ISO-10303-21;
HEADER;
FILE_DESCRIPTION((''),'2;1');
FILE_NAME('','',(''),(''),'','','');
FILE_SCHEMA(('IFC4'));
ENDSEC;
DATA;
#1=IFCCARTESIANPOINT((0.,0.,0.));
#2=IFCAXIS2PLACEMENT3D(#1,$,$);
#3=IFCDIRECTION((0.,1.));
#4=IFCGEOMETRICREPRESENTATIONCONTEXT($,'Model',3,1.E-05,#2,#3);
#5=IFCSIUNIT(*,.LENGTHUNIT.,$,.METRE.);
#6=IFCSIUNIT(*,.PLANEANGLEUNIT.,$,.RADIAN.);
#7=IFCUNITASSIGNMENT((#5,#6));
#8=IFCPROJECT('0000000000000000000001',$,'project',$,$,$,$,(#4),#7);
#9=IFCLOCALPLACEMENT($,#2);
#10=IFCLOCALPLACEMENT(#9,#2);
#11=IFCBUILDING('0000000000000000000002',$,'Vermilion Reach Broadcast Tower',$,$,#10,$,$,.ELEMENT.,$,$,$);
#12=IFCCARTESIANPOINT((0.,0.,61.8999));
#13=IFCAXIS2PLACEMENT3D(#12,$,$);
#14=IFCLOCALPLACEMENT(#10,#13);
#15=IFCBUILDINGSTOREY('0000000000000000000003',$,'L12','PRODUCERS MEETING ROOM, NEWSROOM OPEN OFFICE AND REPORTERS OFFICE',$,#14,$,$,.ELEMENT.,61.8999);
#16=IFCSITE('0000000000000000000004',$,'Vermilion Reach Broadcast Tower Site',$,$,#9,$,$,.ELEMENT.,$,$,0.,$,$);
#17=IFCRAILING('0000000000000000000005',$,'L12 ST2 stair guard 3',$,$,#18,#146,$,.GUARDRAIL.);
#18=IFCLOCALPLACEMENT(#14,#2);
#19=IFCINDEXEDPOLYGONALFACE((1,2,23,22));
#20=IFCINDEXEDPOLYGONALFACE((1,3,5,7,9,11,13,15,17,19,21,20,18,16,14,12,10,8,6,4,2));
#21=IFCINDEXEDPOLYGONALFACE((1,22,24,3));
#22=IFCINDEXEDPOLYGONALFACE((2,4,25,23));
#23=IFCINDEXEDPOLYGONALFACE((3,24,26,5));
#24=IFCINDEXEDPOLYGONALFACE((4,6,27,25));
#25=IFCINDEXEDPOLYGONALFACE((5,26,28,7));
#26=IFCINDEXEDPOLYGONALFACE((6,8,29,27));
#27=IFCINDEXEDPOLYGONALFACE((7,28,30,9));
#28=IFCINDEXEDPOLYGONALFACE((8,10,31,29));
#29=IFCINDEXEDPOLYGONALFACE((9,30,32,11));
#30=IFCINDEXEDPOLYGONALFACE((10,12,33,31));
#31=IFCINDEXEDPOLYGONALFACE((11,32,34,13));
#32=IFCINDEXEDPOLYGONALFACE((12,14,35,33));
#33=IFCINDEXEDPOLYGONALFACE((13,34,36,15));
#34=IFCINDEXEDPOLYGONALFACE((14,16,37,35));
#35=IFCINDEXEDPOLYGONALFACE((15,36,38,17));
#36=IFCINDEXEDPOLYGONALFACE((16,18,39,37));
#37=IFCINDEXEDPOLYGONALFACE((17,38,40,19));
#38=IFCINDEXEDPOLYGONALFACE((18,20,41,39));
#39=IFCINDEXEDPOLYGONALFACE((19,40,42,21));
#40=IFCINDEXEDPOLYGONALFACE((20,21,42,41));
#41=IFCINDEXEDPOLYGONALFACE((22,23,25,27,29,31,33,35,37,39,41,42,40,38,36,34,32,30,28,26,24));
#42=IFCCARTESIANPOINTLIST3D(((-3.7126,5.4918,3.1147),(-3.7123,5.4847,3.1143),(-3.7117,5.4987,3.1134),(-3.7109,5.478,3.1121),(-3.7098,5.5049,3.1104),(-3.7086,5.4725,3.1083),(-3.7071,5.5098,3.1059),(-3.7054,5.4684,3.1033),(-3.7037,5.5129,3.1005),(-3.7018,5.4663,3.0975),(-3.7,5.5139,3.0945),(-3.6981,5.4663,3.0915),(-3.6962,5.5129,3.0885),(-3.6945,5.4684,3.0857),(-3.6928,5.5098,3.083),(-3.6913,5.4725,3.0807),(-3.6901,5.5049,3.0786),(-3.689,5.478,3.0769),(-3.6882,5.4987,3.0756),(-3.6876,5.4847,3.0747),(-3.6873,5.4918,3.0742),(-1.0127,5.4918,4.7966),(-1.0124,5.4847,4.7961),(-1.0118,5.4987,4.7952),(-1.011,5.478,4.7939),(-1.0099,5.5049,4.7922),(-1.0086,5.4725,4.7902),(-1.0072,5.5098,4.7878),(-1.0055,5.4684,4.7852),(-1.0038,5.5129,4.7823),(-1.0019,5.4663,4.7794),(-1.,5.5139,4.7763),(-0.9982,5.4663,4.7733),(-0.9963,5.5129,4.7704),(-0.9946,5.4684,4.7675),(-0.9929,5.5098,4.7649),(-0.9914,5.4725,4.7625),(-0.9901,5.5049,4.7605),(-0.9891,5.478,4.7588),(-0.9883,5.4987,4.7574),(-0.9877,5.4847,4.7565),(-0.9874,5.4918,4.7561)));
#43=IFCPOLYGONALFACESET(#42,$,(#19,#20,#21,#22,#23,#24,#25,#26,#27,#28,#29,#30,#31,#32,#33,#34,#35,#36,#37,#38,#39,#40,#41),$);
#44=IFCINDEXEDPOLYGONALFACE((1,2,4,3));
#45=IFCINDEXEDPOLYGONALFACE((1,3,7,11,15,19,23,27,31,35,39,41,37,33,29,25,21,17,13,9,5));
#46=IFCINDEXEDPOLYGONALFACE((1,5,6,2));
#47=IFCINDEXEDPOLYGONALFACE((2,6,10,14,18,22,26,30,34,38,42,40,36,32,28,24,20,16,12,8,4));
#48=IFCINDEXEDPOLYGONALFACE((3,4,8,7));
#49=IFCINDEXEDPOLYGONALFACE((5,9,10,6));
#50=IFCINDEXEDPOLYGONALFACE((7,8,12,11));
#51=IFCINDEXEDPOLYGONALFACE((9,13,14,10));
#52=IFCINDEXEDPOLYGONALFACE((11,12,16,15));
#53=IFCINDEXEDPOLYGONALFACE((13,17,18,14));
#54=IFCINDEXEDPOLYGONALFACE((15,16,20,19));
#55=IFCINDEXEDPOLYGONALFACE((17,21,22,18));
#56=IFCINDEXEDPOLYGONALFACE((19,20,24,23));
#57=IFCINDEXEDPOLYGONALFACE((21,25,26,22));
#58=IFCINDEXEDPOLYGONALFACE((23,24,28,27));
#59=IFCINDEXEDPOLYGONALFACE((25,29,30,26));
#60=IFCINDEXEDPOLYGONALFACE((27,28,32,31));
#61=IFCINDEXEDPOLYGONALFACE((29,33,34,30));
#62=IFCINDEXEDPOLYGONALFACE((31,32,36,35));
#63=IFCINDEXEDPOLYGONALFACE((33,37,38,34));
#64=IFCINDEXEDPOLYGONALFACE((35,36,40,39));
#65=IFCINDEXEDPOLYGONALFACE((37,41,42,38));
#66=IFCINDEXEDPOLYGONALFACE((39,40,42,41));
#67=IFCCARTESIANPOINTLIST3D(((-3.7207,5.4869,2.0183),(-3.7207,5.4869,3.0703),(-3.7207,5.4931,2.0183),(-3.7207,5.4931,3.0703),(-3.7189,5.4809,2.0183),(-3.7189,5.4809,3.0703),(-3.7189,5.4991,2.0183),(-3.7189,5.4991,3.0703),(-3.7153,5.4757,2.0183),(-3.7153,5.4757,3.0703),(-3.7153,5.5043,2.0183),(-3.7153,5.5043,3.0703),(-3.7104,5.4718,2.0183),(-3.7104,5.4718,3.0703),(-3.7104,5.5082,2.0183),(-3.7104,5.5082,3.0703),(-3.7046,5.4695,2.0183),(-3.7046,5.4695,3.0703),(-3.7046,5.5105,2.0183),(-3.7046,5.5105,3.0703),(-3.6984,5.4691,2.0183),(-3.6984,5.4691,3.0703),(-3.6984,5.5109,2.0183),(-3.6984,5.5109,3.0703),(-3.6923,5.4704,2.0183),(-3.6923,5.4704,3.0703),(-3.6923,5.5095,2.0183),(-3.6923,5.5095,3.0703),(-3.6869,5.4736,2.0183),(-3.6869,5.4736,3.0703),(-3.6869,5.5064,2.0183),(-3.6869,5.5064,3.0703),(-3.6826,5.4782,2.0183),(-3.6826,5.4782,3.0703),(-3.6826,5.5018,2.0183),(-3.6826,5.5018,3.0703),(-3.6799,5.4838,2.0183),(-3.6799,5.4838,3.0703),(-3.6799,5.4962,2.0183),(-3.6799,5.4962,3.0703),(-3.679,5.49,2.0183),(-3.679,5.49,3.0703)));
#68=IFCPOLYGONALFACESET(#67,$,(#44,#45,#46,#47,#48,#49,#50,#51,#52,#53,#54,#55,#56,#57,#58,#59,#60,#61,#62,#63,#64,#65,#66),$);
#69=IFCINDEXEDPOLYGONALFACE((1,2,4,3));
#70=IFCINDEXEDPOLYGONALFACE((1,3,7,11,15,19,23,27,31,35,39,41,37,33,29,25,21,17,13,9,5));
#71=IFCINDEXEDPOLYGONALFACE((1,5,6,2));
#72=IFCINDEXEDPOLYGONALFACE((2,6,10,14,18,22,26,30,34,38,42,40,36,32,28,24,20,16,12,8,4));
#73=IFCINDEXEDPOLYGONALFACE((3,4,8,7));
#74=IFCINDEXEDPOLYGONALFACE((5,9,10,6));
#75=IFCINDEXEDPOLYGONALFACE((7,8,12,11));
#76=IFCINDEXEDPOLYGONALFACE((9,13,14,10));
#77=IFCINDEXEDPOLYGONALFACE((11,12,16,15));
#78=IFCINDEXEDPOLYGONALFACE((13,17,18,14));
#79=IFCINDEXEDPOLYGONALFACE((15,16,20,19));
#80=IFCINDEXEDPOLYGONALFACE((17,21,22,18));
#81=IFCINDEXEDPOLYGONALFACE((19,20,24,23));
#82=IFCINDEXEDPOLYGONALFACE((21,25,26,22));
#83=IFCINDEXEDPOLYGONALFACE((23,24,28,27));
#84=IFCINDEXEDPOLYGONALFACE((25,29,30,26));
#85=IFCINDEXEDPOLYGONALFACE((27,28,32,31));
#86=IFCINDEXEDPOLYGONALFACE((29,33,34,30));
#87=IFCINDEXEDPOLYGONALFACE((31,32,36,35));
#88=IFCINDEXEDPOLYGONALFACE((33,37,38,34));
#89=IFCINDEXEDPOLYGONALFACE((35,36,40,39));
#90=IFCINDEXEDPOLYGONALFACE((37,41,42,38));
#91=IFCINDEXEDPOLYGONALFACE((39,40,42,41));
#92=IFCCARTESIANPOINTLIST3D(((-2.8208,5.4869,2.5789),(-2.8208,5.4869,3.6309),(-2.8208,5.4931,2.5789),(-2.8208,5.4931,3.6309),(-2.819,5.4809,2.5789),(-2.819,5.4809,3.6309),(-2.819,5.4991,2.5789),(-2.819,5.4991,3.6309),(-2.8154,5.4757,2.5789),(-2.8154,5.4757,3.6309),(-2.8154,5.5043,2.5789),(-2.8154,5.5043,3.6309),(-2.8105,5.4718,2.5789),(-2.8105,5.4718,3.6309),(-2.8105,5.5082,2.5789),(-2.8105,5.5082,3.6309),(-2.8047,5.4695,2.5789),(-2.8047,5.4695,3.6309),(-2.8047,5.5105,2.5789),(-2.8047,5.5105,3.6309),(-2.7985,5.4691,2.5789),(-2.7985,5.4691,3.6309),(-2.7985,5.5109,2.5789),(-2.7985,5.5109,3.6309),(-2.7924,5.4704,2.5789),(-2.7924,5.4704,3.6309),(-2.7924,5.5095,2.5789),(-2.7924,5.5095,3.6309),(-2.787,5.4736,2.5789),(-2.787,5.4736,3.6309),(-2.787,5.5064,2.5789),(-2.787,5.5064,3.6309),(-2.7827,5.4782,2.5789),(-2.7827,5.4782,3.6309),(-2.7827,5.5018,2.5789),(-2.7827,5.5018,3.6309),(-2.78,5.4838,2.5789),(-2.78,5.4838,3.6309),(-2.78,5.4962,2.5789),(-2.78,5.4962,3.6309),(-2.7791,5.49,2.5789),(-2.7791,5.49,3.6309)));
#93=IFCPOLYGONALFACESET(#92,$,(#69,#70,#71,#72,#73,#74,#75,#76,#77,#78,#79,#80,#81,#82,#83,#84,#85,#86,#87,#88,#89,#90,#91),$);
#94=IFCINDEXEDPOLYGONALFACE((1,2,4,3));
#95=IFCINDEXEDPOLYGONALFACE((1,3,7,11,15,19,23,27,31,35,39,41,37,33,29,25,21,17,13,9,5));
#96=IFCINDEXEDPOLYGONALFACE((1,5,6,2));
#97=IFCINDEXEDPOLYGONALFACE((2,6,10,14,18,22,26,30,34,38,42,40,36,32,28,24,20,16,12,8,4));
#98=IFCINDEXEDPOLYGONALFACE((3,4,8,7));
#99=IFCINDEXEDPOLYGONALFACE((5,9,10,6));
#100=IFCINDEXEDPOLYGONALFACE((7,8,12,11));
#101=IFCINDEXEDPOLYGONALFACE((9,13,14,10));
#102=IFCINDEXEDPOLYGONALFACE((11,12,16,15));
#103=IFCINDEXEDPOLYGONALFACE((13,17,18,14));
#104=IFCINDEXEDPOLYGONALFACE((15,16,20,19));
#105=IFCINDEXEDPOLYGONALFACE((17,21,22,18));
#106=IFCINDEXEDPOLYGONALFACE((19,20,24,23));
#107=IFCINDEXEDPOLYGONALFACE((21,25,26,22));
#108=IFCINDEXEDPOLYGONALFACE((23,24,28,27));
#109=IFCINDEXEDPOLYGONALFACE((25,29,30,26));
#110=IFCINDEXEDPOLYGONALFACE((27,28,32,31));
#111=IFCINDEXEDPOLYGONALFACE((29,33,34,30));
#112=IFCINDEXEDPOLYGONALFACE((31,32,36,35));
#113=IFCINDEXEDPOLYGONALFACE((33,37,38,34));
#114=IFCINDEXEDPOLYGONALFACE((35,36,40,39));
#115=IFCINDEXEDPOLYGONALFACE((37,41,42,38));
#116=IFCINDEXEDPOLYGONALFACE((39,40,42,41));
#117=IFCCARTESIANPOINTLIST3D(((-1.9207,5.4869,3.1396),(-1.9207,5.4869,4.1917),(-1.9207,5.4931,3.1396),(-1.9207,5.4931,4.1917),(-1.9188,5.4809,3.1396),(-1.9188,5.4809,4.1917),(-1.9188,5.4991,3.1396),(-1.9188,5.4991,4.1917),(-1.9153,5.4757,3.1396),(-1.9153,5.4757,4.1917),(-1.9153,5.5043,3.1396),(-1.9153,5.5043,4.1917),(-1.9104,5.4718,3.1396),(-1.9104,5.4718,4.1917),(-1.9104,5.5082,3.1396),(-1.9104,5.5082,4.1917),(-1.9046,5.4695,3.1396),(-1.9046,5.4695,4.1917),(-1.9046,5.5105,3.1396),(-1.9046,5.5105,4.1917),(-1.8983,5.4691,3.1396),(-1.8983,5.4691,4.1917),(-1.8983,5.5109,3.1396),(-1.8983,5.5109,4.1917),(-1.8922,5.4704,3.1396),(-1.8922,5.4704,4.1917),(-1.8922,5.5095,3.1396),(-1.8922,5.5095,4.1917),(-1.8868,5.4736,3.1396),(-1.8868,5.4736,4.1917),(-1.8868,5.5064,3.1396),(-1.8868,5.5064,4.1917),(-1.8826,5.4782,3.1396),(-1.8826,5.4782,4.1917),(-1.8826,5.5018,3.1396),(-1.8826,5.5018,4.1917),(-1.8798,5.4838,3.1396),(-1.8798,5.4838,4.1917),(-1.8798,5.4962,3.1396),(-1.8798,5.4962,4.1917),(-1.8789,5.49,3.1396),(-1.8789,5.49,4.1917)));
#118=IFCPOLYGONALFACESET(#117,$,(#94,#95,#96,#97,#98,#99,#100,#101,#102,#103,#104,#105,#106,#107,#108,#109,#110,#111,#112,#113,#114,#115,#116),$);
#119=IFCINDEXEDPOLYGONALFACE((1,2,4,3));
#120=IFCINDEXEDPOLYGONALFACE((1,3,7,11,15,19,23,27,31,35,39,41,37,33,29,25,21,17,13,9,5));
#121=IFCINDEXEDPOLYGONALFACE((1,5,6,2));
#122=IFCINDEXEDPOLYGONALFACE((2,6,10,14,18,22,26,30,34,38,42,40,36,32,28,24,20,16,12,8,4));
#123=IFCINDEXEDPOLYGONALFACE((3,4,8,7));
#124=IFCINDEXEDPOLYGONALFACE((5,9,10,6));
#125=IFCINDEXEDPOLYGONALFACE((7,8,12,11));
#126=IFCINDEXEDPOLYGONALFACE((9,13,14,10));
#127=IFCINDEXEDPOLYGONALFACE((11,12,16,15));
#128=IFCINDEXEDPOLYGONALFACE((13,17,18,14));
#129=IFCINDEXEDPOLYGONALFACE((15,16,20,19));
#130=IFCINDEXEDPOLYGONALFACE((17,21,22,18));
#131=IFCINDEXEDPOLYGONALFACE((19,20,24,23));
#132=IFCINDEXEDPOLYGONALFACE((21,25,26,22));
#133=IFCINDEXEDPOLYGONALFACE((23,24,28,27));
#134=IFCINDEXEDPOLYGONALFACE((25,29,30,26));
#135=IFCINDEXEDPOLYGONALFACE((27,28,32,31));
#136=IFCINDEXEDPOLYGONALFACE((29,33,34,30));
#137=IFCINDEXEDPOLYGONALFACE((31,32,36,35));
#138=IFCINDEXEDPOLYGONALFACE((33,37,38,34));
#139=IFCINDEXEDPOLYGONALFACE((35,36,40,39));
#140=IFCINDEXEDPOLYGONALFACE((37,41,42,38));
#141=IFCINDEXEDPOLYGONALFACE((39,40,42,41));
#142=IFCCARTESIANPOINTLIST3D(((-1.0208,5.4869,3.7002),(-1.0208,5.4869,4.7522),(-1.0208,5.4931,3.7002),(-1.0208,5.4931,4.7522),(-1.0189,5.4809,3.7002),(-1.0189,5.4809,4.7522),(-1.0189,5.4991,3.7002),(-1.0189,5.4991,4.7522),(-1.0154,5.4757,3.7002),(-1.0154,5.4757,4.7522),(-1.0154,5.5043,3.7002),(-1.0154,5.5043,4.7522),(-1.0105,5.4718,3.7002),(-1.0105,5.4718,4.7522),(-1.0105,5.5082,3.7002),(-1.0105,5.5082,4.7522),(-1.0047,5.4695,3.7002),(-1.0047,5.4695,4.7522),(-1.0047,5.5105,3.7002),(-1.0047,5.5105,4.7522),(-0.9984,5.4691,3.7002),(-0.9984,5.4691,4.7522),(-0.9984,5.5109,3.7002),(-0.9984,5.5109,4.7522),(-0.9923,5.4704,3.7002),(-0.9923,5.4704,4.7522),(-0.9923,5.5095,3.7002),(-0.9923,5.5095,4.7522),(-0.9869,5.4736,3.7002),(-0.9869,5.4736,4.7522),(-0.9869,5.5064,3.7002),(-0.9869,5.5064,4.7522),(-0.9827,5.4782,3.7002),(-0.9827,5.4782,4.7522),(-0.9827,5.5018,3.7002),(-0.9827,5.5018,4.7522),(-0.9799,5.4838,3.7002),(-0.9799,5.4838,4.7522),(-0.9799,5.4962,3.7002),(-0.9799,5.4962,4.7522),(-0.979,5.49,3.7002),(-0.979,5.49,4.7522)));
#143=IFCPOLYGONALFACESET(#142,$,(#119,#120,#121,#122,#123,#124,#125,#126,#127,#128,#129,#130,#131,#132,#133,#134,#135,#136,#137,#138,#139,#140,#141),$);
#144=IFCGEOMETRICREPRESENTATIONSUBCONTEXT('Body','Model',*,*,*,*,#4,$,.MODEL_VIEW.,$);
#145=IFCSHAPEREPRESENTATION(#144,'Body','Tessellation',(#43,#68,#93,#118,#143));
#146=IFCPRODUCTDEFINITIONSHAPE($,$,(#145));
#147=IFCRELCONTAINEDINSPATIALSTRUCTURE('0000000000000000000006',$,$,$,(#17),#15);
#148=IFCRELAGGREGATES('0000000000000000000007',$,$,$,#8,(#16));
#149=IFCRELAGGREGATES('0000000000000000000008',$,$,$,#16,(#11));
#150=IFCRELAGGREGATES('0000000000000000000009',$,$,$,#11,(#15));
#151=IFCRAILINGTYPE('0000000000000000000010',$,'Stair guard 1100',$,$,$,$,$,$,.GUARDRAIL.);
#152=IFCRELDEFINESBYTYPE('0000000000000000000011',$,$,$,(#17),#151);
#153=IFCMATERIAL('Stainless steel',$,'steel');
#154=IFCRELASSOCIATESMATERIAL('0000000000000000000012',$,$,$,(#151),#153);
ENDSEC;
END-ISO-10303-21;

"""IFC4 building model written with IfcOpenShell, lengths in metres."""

from ifc_helpers import new_model, si_unit, direction, frame, origin, origin_2d, place, context, subcontext, project, spatial, circle, extrude, material, type_object, element, save


model = new_model("IFC4")

# Units and contexts
model_context = context("Model", 3, precision=1e-05, world=origin(), true_north=direction((0.0, 1.0)))
body_context = subcontext(model_context, "Body", "Model", "MODEL_VIEW")
ifc_project = project(units=[si_unit("LENGTHUNIT", "METRE"), si_unit("PLANEANGLEUNIT", "RADIAN")], contexts=[model_context])

# Site, building, storey
site_placement = place(None, origin())
site = spatial("IfcSite", under=ifc_project, at=site_placement, Name="Vermilion Reach Broadcast Tower Site", CompositionType="ELEMENT", RefElevation=0.0)
building_placement = place(site_placement, origin())
building = spatial("IfcBuilding", under=site, at=building_placement, Name="Vermilion Reach Broadcast Tower", CompositionType="ELEMENT")
storey_placement = place(building_placement, frame((0.0, 0.0, 61.8999)))
storey = spatial("IfcBuildingStorey", under=building, at=storey_placement, Name="L12", Description="PRODUCERS MEETING ROOM, NEWSROOM OPEN OFFICE AND REPORTERS OFFICE", CompositionType="ELEMENT", Elevation=61.8999)

# Railing
ifc_material_1 = material(Name="Stainless steel", Category="steel")
railing_type_1 = type_object("IfcRailingType", Name="Stair guard 1100", PredefinedType="GUARDRAIL", material=ifc_material_1)
railing_1_placement = place(storey_placement, frame((-3.7, 5.49, 2.0183)))
element("IfcRailing", 1, at=railing_1_placement, inside=storey, type_object=railing_type_1, Name="L12 ST2 stair guard 3", PredefinedType="GUARDRAIL", context=body_context, shape_type="SweptSolid", body=[
    extrude(circle(Radius=0.0239, at=origin_2d()), frame((0.0, 0.0, 1.0762), z_axis=(0.848786, 0.0, 0.528736), x_axis=(0.0, 1.0, 0.0)), (0.0, 0.0, 1.0), 3.1809),
    extrude(circle(Radius=0.021, at=origin_2d()), origin(), (0.0, 0.0, 1.0), 1.052),
    extrude(circle(Radius=0.021, at=origin_2d()), frame((0.8999, 0.0, 0.5605)), (0.0, 0.0, 1.0), 1.052),
    extrude(circle(Radius=0.021, at=origin_2d()), frame((1.8, 0.0, 1.1213)), (0.0, 0.0, 1.0), 1.052),
    extrude(circle(Radius=0.021, at=origin_2d()), frame((2.7, 0.0, 1.6819)), (0.0, 0.0, 1.0), 1.052),
])

save(model, "model.ifc")
